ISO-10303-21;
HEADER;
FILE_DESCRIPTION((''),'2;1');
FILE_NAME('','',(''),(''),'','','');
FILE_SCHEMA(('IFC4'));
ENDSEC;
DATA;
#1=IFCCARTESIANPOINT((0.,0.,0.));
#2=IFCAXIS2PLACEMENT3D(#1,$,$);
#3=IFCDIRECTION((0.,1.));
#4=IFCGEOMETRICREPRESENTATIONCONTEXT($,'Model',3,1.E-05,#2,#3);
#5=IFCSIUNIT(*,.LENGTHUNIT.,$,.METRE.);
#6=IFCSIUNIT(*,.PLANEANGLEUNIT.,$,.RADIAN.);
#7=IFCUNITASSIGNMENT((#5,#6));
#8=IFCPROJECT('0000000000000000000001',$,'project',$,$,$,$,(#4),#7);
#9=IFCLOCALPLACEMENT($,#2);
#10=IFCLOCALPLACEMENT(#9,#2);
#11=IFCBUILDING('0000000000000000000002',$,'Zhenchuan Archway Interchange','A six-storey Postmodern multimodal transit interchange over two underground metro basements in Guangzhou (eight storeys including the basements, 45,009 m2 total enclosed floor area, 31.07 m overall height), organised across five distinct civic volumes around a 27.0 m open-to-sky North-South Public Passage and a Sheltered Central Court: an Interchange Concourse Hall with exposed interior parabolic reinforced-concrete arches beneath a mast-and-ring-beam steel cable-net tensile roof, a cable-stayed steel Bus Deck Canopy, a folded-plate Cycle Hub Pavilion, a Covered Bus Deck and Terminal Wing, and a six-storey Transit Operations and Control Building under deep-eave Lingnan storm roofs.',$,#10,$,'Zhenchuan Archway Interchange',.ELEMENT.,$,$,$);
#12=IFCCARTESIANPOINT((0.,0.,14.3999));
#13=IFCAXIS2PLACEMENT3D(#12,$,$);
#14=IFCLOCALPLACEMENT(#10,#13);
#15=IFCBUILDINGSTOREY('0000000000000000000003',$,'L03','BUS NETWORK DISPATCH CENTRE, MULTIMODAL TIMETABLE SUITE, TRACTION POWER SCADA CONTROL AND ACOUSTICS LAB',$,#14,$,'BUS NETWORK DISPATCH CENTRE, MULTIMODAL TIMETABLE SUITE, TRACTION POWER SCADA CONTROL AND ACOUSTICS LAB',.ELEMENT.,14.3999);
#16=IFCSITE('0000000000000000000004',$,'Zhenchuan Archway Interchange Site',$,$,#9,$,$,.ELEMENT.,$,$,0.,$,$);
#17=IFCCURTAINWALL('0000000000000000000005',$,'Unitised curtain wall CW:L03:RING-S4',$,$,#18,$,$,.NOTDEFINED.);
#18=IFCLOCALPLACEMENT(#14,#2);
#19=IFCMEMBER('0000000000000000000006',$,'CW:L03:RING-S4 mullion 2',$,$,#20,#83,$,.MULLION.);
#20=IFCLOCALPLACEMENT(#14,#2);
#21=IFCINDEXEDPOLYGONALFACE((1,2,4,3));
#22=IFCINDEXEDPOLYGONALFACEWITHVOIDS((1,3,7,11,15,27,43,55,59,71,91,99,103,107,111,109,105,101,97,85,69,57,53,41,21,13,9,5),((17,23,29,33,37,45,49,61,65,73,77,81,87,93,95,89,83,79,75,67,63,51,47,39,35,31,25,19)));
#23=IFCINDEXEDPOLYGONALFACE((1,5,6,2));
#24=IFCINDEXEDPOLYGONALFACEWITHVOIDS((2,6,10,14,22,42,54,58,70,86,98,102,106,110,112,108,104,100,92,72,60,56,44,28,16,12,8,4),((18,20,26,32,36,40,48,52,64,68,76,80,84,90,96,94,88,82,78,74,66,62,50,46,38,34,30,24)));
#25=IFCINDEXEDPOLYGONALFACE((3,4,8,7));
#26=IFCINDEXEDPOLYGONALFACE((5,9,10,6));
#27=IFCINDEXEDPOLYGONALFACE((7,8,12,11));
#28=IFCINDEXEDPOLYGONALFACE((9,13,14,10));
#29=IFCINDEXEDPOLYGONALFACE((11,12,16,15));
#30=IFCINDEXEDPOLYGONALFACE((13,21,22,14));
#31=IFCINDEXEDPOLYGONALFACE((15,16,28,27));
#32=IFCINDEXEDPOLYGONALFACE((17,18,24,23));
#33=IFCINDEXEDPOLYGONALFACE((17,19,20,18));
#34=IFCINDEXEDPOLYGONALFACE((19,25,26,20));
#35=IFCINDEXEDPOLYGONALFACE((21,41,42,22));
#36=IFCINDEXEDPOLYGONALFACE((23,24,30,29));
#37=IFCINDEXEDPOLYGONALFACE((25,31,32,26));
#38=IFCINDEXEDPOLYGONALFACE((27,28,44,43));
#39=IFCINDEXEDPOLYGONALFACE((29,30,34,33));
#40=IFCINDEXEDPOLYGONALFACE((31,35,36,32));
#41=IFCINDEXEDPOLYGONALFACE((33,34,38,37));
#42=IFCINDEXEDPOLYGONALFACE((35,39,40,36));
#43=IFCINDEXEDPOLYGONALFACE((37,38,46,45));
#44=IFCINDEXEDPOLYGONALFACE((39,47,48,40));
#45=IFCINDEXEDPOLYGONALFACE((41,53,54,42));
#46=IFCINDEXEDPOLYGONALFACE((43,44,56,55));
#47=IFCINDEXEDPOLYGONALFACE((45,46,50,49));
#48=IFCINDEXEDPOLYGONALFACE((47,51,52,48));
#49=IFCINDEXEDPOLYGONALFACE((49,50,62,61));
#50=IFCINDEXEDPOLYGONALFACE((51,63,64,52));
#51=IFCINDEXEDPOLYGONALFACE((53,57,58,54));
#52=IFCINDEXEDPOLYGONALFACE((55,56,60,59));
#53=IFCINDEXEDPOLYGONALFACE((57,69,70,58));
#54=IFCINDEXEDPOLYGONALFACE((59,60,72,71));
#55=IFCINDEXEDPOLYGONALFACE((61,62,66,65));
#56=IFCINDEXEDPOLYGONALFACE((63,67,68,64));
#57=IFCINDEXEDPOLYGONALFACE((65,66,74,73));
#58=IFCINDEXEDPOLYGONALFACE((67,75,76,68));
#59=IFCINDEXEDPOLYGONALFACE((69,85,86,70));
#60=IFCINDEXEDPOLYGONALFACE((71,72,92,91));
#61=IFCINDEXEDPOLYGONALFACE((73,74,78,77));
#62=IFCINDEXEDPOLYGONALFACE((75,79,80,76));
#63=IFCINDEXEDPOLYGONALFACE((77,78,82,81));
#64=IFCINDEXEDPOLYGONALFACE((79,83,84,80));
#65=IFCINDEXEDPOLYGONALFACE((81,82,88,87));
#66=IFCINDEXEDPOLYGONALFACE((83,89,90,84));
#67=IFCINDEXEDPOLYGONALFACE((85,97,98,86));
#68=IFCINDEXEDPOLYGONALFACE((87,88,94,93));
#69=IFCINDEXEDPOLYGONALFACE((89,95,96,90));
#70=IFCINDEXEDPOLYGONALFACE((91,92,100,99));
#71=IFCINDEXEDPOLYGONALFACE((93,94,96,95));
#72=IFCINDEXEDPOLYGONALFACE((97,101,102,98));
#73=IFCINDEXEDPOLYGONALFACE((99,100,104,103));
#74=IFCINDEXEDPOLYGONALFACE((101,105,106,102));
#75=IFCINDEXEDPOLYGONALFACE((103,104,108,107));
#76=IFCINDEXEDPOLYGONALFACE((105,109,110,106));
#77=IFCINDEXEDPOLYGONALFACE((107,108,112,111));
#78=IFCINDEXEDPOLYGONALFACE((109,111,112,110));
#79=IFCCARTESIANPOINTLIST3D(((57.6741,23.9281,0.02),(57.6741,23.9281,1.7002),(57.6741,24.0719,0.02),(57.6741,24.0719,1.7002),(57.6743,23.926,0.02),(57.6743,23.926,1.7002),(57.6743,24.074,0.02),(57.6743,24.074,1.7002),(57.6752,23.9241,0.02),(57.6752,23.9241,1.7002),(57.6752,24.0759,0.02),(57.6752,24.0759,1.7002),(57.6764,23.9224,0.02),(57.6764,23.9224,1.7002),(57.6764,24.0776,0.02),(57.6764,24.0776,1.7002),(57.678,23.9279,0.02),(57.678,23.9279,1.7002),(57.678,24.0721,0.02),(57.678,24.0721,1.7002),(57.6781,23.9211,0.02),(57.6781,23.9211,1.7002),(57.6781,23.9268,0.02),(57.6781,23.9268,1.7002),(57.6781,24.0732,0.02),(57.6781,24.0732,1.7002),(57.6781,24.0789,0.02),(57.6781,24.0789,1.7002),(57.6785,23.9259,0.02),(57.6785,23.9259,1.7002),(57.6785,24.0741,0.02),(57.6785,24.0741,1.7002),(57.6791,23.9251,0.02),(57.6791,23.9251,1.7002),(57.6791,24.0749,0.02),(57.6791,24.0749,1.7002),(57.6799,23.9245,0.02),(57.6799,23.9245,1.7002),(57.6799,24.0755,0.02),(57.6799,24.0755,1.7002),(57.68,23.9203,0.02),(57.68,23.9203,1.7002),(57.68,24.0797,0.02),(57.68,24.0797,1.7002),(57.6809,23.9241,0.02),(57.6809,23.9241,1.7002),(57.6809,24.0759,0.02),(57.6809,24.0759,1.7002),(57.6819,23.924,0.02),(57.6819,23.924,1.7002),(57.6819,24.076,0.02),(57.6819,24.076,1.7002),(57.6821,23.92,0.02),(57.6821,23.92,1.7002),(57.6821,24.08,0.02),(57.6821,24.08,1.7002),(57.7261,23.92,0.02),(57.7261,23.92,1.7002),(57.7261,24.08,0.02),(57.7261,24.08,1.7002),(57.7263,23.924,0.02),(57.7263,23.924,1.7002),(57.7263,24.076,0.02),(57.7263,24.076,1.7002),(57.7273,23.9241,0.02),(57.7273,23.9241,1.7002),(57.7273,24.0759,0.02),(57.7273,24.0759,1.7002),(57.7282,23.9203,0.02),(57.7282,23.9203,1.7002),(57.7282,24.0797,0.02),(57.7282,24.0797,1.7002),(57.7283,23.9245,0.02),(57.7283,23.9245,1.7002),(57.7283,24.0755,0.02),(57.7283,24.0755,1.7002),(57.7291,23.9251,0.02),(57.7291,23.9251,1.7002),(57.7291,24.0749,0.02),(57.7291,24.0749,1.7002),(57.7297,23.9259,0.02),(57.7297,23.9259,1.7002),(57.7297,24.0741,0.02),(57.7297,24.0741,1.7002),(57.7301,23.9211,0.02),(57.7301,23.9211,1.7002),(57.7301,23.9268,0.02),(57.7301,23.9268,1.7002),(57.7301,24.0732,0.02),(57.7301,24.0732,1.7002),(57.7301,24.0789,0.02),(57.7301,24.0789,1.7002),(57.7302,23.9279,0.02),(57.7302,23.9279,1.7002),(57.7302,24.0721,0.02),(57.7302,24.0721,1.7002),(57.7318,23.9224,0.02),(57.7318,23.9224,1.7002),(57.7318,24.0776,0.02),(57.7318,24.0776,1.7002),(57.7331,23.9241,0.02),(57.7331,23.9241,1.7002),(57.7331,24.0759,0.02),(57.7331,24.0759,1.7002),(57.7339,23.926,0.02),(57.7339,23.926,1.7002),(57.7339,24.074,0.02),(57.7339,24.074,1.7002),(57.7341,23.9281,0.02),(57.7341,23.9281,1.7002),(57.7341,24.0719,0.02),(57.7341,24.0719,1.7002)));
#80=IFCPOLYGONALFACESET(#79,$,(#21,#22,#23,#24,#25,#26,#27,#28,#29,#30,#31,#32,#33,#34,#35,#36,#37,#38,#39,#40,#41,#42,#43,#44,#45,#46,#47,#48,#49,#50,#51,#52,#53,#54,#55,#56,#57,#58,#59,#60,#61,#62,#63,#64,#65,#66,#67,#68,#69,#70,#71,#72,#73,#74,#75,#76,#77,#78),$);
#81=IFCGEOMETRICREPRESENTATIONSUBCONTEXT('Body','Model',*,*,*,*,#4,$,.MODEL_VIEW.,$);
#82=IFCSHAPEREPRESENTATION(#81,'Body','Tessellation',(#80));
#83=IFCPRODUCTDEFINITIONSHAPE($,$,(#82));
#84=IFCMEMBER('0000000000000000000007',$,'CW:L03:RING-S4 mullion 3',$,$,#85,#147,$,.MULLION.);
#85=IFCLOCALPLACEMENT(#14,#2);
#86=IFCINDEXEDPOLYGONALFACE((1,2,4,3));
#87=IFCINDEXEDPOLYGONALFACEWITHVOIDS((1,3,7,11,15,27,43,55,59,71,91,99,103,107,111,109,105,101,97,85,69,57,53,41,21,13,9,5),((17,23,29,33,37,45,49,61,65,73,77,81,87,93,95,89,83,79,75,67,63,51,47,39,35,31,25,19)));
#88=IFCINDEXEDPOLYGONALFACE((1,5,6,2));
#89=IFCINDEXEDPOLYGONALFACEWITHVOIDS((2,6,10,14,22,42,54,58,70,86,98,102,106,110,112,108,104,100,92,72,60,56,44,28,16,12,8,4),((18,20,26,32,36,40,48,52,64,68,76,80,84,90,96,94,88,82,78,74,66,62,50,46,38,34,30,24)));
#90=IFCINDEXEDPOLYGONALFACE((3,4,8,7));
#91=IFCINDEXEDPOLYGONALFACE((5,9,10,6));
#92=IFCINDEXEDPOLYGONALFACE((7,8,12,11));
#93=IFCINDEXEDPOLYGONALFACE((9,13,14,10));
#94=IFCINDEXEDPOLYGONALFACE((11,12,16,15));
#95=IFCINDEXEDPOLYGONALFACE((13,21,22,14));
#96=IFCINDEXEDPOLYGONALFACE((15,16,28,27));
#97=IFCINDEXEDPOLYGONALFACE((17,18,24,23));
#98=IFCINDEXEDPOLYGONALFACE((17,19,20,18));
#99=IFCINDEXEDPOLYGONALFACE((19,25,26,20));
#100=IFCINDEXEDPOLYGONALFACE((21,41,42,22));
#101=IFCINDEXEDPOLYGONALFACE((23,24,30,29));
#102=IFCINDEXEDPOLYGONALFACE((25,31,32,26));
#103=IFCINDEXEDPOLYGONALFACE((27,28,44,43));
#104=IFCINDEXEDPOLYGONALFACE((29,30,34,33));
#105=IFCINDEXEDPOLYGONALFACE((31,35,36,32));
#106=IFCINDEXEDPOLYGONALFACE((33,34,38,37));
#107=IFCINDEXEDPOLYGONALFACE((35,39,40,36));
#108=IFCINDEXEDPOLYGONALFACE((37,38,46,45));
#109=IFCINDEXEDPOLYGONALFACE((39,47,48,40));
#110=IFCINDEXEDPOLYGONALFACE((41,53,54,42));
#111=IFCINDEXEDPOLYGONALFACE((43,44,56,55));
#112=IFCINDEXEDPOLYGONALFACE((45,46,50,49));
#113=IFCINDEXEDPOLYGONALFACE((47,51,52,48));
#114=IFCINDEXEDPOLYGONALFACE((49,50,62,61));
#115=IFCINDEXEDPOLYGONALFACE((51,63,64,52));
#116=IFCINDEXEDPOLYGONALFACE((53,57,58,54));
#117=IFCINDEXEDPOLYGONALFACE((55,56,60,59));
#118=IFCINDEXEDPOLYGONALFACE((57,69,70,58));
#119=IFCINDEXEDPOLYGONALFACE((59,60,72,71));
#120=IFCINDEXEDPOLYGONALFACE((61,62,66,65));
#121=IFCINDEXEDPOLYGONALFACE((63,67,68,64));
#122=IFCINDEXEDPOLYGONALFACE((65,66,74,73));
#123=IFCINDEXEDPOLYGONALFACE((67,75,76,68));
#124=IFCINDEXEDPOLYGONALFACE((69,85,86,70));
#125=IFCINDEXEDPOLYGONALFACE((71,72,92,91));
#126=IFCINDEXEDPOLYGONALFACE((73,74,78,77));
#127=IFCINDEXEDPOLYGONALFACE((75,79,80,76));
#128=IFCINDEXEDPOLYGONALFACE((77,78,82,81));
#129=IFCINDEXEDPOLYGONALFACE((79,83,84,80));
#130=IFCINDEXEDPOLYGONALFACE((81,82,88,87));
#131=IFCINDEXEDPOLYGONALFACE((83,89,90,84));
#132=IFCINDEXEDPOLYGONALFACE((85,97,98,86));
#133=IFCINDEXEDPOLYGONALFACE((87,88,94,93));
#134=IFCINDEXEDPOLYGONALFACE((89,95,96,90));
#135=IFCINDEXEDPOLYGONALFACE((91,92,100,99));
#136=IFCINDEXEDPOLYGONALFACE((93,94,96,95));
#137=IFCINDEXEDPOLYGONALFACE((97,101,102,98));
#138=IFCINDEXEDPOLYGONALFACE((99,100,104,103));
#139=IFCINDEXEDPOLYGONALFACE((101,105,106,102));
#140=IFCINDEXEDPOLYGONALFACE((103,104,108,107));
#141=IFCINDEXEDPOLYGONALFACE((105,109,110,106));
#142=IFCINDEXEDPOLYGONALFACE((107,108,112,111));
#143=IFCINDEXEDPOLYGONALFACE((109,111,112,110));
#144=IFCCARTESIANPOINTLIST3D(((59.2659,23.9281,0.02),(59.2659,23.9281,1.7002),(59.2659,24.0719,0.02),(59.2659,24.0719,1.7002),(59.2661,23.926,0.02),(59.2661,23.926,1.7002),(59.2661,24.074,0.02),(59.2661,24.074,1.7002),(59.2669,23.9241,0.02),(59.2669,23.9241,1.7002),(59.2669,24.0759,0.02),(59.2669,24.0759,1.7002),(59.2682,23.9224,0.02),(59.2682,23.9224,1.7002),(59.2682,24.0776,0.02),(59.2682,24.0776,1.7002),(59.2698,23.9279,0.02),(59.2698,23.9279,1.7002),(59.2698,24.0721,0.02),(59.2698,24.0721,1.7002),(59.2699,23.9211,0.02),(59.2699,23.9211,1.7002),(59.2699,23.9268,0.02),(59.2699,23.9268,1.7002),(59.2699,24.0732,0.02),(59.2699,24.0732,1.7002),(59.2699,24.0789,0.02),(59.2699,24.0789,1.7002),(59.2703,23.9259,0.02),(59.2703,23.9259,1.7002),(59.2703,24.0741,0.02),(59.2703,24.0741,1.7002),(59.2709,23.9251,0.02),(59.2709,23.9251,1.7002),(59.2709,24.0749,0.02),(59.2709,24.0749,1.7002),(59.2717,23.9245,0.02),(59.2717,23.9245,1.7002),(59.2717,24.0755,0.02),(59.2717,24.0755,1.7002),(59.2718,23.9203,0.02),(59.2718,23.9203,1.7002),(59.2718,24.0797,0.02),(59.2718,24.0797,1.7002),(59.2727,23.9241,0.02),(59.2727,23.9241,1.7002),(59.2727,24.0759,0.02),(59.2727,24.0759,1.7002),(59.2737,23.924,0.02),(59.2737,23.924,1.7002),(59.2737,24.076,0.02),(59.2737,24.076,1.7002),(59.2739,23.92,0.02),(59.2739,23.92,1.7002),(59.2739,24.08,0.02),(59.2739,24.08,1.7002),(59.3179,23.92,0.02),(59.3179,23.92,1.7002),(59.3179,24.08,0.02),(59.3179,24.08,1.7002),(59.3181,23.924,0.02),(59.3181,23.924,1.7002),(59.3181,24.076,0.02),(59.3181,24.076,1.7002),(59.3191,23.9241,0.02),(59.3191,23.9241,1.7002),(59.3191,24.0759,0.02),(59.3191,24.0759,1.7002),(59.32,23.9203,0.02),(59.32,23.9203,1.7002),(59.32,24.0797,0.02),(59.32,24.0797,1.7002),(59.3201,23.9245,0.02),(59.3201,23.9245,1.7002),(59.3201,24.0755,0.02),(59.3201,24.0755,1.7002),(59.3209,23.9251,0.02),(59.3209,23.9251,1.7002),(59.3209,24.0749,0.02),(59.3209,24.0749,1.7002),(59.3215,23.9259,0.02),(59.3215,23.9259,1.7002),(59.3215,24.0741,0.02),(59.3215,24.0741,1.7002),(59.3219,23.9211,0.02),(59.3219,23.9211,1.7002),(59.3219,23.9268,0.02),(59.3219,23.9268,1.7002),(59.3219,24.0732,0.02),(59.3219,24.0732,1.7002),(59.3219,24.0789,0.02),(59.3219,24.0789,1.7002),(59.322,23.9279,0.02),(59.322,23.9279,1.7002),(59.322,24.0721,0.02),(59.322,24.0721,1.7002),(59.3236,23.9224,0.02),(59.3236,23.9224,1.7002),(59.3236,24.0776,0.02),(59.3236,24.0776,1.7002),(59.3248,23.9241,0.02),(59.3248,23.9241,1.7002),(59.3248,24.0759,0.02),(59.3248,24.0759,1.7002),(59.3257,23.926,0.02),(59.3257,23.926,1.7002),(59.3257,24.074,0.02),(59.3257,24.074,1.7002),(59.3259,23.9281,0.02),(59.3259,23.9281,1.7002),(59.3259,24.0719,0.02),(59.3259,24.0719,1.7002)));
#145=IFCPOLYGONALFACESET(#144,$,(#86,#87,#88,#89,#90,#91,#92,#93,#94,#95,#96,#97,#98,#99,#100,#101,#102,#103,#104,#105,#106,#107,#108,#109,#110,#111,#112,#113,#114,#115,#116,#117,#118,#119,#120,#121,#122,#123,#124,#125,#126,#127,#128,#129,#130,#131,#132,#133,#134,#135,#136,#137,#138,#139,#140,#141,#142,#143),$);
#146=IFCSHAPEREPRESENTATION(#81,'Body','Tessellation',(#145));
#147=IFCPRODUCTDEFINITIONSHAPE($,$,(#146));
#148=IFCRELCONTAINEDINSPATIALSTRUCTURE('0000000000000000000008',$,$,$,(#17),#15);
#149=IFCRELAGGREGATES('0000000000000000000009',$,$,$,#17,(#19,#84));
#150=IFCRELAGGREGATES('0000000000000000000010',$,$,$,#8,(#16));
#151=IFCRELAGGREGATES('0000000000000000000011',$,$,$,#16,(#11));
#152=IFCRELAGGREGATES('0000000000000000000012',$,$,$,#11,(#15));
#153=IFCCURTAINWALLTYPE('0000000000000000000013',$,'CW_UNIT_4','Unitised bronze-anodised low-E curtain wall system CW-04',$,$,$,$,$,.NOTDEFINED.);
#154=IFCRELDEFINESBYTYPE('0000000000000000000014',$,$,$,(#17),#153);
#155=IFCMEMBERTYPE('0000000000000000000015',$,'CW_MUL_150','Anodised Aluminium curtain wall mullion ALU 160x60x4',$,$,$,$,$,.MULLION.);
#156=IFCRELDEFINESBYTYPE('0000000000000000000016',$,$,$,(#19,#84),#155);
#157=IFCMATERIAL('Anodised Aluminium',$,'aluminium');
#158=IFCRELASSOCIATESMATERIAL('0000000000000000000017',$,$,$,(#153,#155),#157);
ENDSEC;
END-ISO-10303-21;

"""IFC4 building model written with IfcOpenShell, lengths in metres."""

from ifc_helpers import new_model, si_unit, direction, frame, origin, origin_2d, place, context, subcontext, project, spatial, hollow_rectangle, extrude, material, material_profile, profile_set, type_object, element, aggregate, save


model = new_model("IFC4")

# Units and contexts
model_context = context("Model", 3, precision=1e-05, world=origin(), true_north=direction((0.0, 1.0)))
body_context = subcontext(model_context, "Body", "Model", "MODEL_VIEW")
ifc_project = project(units=[si_unit("LENGTHUNIT", "METRE"), si_unit("PLANEANGLEUNIT", "RADIAN")], contexts=[model_context])

# Site, building, storey
site_placement = place(None, origin())
site = spatial("IfcSite", under=ifc_project, at=site_placement, Name="Zhenchuan Archway Interchange Site", CompositionType="ELEMENT", RefElevation=0.0)
building_placement = place(site_placement, origin())
building = spatial("IfcBuilding", under=site, at=building_placement, Name="Zhenchuan Archway Interchange", Description="A six-storey Postmodern multimodal transit interchange over two underground metro basements in Guangzhou (eight storeys including the basements, 45,009 m2 total enclosed floor area, 31.07 m overall height), organised across five distinct civic volumes around a 27.0 m open-to-sky North-South Public Passage and a Sheltered Central Court: an Interchange Concourse Hall with exposed interior parabolic reinforced-concrete arches beneath a mast-and-ring-beam steel cable-net tensile roof, a cable-stayed steel Bus Deck Canopy, a folded-plate Cycle Hub Pavilion, a Covered Bus Deck and Terminal Wing, and a six-storey Transit Operations and Control Building under deep-eave Lingnan storm roofs.", LongName="Zhenchuan Archway Interchange", CompositionType="ELEMENT")
storey_placement = place(building_placement, frame((0.0, 0.0, 14.3999)))
storey = spatial("IfcBuildingStorey", under=building, at=storey_placement, Name="L03", Description="BUS NETWORK DISPATCH CENTRE, MULTIMODAL TIMETABLE SUITE, TRACTION POWER SCADA CONTROL AND ACOUSTICS LAB", LongName="BUS NETWORK DISPATCH CENTRE, MULTIMODAL TIMETABLE SUITE, TRACTION POWER SCADA CONTROL AND ACOUSTICS LAB", CompositionType="ELEMENT", Elevation=14.3999)

# Curtain wall, members
ifc_material_1 = material(Name="Anodised Aluminium", Category="aluminium")
curtain_wall_type = type_object("IfcCurtainWallType", Name="CW_UNIT_4", Description="Unitised bronze-anodised low-E curtain wall system CW-04", PredefinedType="NOTDEFINED", material=ifc_material_1)
curtain_wall_1_placement = place(storey_placement, origin())
curtain_wall_1 = element("IfcCurtainWall", 1, at=curtain_wall_1_placement, inside=storey, type_object=curtain_wall_type, Name="Unitised curtain wall CW:L03:RING-S4", PredefinedType="NOTDEFINED")
ifc_material_profile_1 = material_profile(ifc_material_1, hollow_rectangle(XDim=0.0601, YDim=0.1599, WallThickness=0.0039, InnerFilletRadius=0.0039, OuterFilletRadius=0.0081, at=origin_2d()), Name="ALU 160x60x4")
ifc_profile_set_1 = profile_set([ifc_material_profile_1], Name="Anodised Aluminium")
member_type_1 = type_object("IfcMemberType", Name="CW_MUL_150", Description="Anodised Aluminium curtain wall mullion ALU 160x60x4", PredefinedType="MULLION", material=ifc_profile_set_1)
member_1_placement = place(storey_placement, frame((57.7041, 24.0, 0.02), z_axis=(0.0, 0.0, 1.0), x_axis=(1.0, 0.0, 0.0)))
member_1 = element("IfcMember", 2, at=member_1_placement, type_object=member_type_1, Name="CW:L03:RING-S4 mullion 2", PredefinedType="MULLION", context=body_context, shape_type="SweptSolid", body=[
    extrude(hollow_rectangle(XDim=0.0601, YDim=0.1599, WallThickness=0.0039, InnerFilletRadius=0.0039, OuterFilletRadius=0.0081, at=origin_2d()), origin(), (0.0, 0.0, 1.0), 1.6802),
])
member_2_placement = place(storey_placement, frame((59.2959, 24.0, 0.02), z_axis=(0.0, 0.0, 1.0), x_axis=(1.0, 0.0, 0.0)))
member_2 = element("IfcMember", 3, at=member_2_placement, type_object=member_type_1, Name="CW:L03:RING-S4 mullion 3", PredefinedType="MULLION", context=body_context, shape_type="SweptSolid", body=[
    extrude(hollow_rectangle(XDim=0.0601, YDim=0.1599, WallThickness=0.0039, InnerFilletRadius=0.0039, OuterFilletRadius=0.0081, at=origin_2d()), origin(), (0.0, 0.0, 1.0), 1.6802),
])

aggregate(curtain_wall_1, [member_1, member_2])

save(model, "model.ifc")
